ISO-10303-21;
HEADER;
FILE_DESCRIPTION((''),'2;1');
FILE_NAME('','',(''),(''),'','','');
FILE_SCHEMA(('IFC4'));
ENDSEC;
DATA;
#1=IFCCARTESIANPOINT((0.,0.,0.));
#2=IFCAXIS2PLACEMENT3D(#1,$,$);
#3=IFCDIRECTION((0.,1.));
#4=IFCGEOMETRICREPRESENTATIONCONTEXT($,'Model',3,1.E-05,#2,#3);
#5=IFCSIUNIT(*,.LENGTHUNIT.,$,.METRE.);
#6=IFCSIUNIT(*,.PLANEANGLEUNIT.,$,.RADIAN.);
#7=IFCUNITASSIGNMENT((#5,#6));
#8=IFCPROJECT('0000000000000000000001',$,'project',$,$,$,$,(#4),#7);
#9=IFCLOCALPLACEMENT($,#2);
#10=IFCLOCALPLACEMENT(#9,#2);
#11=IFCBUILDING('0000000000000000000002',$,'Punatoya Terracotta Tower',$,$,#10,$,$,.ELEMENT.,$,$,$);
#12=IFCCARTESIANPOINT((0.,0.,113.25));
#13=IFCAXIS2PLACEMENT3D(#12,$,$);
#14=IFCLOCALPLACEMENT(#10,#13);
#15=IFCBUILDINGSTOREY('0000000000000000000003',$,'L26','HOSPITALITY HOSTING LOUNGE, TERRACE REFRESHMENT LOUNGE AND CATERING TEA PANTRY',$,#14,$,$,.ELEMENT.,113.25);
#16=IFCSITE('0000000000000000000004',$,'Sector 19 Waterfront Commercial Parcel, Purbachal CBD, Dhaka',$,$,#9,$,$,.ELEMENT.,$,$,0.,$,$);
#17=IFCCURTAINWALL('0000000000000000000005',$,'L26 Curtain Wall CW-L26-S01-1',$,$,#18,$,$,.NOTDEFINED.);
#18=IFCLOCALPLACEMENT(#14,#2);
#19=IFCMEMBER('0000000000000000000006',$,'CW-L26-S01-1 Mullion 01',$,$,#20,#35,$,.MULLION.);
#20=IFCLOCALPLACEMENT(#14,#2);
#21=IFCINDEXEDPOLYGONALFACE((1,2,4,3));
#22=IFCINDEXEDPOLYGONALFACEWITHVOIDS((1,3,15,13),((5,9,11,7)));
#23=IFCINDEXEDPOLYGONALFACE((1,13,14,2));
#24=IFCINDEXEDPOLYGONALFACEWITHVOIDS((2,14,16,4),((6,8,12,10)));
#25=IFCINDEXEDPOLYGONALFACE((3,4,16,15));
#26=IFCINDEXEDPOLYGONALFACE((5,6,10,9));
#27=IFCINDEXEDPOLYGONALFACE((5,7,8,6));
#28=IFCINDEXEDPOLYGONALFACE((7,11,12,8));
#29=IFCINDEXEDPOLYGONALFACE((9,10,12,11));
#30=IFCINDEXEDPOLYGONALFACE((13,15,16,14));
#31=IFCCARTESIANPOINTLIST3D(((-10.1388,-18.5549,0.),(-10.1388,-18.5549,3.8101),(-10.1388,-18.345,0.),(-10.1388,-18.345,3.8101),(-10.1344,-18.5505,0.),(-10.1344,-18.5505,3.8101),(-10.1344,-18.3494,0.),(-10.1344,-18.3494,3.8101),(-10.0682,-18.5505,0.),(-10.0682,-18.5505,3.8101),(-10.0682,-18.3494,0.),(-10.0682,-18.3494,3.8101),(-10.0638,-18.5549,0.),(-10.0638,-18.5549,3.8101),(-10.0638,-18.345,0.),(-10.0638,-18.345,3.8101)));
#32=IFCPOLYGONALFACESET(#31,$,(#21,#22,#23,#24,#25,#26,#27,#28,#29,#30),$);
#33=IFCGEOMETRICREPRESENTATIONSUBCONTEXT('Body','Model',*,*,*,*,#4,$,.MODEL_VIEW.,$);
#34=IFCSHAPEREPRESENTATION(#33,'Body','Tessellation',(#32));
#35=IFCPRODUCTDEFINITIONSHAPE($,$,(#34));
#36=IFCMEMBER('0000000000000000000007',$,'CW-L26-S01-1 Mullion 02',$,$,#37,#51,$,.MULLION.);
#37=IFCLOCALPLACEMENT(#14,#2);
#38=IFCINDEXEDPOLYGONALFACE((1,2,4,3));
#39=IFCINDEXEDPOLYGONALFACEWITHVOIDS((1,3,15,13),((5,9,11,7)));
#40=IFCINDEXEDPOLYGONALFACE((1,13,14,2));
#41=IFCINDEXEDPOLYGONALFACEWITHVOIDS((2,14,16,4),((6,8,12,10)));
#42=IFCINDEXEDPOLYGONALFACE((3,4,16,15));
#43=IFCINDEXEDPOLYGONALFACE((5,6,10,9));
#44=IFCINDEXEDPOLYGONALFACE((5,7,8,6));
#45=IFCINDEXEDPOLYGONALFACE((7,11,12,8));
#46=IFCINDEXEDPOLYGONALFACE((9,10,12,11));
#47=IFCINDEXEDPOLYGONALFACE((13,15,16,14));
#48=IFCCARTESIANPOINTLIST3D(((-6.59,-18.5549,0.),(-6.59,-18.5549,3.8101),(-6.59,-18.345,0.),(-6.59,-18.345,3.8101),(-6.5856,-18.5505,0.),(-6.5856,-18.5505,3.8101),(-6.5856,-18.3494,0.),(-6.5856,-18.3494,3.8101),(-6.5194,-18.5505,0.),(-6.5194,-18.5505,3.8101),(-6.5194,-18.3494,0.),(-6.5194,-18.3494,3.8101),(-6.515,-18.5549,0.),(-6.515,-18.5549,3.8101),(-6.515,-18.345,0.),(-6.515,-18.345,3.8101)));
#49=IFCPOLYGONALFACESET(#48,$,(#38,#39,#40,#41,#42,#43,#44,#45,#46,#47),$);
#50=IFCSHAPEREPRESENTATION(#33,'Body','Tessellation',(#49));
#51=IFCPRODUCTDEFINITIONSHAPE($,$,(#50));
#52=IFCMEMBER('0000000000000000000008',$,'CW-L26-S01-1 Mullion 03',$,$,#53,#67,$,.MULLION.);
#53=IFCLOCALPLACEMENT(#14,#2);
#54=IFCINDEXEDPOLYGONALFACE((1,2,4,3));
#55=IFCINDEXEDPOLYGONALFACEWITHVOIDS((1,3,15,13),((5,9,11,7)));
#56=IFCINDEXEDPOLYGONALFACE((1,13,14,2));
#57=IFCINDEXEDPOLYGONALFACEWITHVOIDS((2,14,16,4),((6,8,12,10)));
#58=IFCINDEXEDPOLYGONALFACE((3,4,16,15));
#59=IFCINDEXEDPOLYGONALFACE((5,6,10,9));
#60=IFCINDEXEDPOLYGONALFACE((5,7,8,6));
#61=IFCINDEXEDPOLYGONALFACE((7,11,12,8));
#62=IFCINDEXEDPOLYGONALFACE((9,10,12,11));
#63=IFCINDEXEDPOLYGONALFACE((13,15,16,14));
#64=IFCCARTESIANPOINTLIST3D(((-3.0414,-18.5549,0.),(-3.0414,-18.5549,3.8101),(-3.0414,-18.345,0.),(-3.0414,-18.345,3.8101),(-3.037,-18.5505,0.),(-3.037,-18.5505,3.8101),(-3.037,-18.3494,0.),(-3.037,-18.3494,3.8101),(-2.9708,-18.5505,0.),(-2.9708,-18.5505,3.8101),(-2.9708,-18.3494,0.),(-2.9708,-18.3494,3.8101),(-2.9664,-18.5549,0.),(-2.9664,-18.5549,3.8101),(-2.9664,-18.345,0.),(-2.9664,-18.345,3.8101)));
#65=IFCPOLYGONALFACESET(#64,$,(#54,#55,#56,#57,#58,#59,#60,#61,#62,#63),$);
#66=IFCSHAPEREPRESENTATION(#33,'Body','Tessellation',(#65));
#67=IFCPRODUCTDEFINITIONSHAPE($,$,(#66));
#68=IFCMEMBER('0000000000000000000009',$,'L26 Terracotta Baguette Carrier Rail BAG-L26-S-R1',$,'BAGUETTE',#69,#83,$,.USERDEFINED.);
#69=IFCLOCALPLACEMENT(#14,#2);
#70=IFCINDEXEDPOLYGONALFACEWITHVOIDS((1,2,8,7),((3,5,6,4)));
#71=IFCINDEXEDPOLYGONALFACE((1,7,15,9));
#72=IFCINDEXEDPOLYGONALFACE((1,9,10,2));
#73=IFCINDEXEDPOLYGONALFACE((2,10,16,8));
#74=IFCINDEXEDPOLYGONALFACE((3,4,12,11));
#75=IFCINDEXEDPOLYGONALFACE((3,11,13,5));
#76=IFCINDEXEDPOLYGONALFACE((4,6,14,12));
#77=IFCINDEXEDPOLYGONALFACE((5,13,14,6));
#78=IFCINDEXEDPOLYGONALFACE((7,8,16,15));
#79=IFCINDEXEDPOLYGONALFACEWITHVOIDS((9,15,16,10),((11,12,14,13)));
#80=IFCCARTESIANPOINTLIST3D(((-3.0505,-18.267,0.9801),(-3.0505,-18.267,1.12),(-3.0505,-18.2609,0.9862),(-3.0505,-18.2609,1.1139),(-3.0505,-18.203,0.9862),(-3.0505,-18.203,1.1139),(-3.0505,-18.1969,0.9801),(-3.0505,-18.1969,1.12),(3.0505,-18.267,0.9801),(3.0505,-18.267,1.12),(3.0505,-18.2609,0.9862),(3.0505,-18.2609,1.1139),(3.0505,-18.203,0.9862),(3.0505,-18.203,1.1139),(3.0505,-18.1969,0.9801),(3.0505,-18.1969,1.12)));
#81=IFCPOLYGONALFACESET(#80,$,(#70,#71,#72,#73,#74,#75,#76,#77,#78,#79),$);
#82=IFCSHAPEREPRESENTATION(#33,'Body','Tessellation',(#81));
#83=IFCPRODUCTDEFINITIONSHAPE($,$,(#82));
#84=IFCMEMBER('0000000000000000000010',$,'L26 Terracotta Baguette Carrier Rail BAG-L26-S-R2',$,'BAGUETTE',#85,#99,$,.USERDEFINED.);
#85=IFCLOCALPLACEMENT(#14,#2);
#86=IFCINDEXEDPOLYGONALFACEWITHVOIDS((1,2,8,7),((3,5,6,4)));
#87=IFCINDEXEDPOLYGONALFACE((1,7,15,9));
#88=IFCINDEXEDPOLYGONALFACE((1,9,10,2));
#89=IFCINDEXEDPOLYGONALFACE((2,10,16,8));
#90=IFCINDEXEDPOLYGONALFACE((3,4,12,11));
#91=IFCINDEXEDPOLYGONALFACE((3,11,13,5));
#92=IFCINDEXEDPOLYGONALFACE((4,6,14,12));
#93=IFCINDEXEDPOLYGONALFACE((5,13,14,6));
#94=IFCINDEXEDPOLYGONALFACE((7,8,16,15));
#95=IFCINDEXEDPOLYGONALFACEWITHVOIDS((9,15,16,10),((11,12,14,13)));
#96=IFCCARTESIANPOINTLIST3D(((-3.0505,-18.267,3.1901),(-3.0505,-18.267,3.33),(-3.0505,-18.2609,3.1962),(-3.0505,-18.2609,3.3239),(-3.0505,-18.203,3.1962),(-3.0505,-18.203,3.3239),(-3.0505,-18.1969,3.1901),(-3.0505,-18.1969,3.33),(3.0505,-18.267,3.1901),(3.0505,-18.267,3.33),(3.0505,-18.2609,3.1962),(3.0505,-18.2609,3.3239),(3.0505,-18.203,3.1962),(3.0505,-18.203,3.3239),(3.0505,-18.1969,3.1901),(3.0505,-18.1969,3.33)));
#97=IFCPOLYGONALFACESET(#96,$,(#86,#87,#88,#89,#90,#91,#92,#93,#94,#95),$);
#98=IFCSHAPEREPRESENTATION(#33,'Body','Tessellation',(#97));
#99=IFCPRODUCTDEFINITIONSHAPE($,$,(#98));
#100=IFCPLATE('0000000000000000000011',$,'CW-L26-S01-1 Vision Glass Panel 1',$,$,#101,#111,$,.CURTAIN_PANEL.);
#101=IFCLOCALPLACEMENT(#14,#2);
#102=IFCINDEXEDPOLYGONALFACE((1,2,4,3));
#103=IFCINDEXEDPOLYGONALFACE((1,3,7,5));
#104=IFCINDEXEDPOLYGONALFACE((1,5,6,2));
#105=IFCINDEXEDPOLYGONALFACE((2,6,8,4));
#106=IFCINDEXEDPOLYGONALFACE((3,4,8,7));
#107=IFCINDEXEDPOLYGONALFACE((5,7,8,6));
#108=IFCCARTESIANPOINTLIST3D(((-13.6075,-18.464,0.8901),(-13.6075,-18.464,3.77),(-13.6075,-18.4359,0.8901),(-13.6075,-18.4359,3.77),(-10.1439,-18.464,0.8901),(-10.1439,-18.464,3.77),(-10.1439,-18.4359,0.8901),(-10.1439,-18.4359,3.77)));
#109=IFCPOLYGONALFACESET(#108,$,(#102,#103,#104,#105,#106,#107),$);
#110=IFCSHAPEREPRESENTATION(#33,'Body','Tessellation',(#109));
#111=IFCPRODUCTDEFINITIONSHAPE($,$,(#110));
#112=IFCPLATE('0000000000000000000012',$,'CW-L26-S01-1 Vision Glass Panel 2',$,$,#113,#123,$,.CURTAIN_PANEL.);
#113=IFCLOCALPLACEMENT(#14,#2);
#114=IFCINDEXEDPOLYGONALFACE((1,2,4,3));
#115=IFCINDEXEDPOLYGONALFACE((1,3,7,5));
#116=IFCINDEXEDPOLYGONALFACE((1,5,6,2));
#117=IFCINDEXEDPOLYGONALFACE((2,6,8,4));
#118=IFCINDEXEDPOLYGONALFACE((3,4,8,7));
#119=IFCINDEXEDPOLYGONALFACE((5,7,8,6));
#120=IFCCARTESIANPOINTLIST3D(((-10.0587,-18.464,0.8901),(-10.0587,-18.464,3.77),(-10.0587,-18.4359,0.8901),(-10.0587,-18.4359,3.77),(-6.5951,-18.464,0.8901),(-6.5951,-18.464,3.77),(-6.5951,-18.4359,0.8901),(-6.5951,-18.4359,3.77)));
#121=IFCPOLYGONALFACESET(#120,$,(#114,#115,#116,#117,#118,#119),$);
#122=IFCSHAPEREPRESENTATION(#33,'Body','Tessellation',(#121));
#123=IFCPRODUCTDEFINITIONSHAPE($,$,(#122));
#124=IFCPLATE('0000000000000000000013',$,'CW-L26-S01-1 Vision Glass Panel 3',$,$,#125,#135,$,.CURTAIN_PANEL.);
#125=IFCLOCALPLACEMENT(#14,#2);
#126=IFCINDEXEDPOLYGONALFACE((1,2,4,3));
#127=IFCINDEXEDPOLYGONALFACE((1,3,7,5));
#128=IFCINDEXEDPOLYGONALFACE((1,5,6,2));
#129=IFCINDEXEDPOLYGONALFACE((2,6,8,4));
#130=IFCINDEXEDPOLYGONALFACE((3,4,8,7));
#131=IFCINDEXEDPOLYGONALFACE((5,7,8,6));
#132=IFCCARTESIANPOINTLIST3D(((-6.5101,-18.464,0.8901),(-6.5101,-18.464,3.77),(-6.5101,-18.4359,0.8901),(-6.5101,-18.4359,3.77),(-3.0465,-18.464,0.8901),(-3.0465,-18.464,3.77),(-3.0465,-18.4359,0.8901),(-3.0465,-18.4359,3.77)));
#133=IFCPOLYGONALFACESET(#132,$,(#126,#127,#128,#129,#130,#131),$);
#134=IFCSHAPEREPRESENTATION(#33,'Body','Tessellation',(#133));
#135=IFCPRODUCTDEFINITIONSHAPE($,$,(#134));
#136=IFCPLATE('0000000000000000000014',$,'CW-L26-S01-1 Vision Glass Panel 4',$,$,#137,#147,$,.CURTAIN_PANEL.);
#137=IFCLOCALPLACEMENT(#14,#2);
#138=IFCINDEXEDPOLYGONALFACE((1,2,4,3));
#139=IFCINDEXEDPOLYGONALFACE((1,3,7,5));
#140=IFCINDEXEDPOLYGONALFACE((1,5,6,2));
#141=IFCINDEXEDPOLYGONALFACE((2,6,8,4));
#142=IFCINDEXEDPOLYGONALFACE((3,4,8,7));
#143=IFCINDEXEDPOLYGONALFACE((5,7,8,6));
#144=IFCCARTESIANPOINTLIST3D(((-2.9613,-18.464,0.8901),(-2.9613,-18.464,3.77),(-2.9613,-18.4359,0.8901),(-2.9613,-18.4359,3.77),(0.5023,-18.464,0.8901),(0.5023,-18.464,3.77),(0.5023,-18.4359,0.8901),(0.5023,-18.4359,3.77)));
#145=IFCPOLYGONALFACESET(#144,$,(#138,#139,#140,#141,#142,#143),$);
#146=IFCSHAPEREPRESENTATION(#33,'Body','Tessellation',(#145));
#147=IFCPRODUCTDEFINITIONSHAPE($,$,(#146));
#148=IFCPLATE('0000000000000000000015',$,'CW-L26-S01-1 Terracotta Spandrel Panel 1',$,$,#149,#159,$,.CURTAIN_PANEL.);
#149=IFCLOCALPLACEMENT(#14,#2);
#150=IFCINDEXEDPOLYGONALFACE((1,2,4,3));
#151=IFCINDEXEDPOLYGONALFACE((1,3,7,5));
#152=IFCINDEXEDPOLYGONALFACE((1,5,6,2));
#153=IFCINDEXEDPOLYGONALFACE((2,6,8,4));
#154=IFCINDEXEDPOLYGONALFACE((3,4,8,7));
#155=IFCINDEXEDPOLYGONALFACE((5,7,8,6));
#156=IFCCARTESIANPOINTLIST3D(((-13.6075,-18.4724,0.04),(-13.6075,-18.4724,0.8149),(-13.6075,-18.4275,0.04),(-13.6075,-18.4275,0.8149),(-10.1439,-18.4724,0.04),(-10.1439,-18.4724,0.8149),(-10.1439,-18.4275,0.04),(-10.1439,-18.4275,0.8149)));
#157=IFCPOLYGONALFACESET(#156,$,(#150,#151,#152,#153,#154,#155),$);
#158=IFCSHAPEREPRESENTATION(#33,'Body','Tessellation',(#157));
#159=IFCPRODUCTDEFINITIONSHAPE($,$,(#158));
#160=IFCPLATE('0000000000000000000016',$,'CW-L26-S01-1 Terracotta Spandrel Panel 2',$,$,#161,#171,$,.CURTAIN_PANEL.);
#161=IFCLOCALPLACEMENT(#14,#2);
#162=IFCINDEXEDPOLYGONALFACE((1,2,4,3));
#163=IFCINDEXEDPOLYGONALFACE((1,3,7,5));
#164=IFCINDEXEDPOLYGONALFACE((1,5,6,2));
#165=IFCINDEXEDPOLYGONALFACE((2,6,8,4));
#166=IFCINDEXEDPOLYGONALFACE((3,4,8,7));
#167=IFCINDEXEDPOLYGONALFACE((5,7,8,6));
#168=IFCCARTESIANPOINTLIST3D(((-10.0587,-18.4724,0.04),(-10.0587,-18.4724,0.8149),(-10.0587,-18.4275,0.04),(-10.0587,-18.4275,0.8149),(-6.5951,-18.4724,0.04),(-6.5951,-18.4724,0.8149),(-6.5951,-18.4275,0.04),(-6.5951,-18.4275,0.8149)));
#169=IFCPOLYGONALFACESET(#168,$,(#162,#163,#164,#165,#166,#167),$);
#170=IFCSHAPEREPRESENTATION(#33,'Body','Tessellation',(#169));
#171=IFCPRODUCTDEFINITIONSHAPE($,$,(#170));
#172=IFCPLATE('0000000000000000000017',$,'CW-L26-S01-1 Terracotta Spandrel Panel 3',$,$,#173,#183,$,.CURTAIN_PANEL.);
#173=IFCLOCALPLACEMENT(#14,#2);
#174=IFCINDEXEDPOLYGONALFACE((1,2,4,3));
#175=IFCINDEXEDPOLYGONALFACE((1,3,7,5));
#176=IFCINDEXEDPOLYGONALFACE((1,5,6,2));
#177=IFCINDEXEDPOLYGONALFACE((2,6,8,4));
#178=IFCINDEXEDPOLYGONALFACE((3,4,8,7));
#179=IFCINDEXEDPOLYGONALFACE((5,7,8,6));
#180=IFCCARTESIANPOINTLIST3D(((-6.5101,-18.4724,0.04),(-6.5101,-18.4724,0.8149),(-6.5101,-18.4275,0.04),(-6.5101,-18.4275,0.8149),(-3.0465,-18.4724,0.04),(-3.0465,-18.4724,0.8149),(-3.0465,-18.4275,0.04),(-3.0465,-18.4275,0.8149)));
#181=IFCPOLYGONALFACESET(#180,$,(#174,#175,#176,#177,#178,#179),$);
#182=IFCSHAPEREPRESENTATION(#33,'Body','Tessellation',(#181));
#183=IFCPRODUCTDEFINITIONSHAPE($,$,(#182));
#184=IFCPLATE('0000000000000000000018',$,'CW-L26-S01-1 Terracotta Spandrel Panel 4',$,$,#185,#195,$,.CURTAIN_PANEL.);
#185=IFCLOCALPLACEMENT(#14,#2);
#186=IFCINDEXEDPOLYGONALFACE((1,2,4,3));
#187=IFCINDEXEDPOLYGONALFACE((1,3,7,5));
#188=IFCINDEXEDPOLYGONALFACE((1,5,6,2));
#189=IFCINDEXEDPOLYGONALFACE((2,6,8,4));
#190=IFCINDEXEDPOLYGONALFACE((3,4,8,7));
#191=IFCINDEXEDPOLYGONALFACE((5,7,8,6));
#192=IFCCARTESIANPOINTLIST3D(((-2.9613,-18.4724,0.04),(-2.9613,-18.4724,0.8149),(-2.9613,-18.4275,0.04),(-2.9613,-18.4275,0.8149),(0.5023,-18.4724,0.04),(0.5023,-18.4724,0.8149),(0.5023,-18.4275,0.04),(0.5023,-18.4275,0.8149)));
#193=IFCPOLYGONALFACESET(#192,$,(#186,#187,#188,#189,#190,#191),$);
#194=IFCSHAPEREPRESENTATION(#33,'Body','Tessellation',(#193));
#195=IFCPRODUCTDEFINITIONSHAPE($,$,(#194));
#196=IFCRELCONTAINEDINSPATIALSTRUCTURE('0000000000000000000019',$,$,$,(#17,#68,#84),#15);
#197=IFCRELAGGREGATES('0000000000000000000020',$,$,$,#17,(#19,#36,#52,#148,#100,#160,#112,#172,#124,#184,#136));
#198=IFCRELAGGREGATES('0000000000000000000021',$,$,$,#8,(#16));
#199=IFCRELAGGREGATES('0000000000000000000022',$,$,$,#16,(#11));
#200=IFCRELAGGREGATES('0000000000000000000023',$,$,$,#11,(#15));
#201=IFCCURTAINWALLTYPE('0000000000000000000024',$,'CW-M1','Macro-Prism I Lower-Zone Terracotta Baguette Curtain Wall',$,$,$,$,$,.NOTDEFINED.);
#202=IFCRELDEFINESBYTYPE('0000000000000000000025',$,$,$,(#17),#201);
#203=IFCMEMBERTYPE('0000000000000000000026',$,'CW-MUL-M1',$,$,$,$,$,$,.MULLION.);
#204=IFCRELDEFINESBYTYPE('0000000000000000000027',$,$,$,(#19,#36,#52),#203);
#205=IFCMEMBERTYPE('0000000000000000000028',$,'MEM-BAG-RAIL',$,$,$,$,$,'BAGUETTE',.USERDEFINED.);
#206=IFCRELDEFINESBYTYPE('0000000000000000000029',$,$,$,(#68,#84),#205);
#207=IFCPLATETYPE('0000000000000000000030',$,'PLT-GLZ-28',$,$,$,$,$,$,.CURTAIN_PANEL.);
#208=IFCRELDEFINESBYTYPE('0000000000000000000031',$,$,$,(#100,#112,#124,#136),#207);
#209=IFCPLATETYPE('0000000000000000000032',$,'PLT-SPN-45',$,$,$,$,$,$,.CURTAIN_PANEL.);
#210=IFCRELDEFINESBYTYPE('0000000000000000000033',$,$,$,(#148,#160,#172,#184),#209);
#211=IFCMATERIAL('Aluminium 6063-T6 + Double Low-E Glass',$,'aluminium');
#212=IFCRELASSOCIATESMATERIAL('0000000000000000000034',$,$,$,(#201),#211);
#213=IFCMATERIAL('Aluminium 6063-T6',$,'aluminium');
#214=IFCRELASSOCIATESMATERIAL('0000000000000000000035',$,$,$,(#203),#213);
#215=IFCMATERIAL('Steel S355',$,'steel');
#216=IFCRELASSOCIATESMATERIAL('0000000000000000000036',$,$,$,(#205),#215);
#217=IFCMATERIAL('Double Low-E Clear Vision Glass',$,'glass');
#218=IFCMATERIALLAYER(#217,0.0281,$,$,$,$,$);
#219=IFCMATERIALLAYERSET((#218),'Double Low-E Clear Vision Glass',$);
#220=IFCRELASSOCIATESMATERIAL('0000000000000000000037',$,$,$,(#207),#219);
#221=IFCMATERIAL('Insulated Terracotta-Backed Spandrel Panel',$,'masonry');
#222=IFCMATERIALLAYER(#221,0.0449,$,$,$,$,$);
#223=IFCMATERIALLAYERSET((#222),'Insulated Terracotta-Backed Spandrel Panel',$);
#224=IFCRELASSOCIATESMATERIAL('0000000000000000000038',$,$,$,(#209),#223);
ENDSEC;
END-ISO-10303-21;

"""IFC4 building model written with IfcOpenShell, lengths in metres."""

from ifc_helpers import new_model, si_unit, direction, frame, origin, origin_2d, place, context, subcontext, project, spatial, rectangle, hollow_rectangle, extrude, material, layer, layer_set, material_profile, profile_set, type_object, element, aggregate, save


model = new_model("IFC4")

# Units and contexts
model_context = context("Model", 3, precision=1e-05, world=origin(), true_north=direction((0.0, 1.0)))
body_context = subcontext(model_context, "Body", "Model", "MODEL_VIEW")
ifc_project = project(units=[si_unit("LENGTHUNIT", "METRE"), si_unit("PLANEANGLEUNIT", "RADIAN")], contexts=[model_context])

# Site, building, storey
site_placement = place(None, origin())
site = spatial("IfcSite", under=ifc_project, at=site_placement, Name="Sector 19 Waterfront Commercial Parcel, Purbachal CBD, Dhaka", CompositionType="ELEMENT", RefElevation=0.0)
building_placement = place(site_placement, origin())
building = spatial("IfcBuilding", under=site, at=building_placement, Name="Punatoya Terracotta Tower", CompositionType="ELEMENT")
storey_placement = place(building_placement, frame((0.0, 0.0, 113.25)))
storey = spatial("IfcBuildingStorey", under=building, at=storey_placement, Name="L26", Description="HOSPITALITY HOSTING LOUNGE, TERRACE REFRESHMENT LOUNGE AND CATERING TEA PANTRY", CompositionType="ELEMENT", Elevation=113.25)

# Curtain wall, members
ifc_material_1 = material(Name="Aluminium 6063-T6 + Double Low-E Glass", Category="aluminium")
curtain_wall_type = type_object("IfcCurtainWallType", Name="CW-M1", Description="Macro-Prism I Lower-Zone Terracotta Baguette Curtain Wall", PredefinedType="NOTDEFINED", material=ifc_material_1)
curtain_wall_placement = place(storey_placement, origin())
curtain_wall = element("IfcCurtainWall", 1, at=curtain_wall_placement, inside=storey, type_object=curtain_wall_type, Name="L26 Curtain Wall CW-L26-S01-1", PredefinedType="NOTDEFINED")
ifc_material_2 = material(Name="Aluminium 6063-T6", Category="aluminium")
ifc_material_profile_1 = material_profile(ifc_material_2, hollow_rectangle(XDim=0.075, YDim=0.21, WallThickness=0.0044, at=origin_2d()))
ifc_profile_set_1 = profile_set([ifc_material_profile_1], Name="Aluminium 6063-T6")
member_type_1 = type_object("IfcMemberType", Name="CW-MUL-M1", PredefinedType="MULLION", material=ifc_profile_set_1)
member_1_placement = place(storey_placement, frame((-10.1013, -18.45, 0.0), z_axis=(0.0, 0.0, 1.0), x_axis=(1.0, 0.0, 0.0)))
member_1 = element("IfcMember", 2, at=member_1_placement, type_object=member_type_1, Name="CW-L26-S01-1 Mullion 01", PredefinedType="MULLION", context=body_context, shape_type="SweptSolid", body=[
    extrude(hollow_rectangle(XDim=0.075, YDim=0.21, WallThickness=0.0044, at=origin_2d()), origin(), (0.0, 0.0, 1.0), 3.8101),
])
member_2_placement = place(storey_placement, frame((-6.5525, -18.45, 0.0), z_axis=(0.0, 0.0, 1.0), x_axis=(1.0, 0.0, 0.0)))
member_2 = element("IfcMember", 3, at=member_2_placement, type_object=member_type_1, Name="CW-L26-S01-1 Mullion 02", PredefinedType="MULLION", context=body_context, shape_type="SweptSolid", body=[
    extrude(hollow_rectangle(XDim=0.075, YDim=0.21, WallThickness=0.0044, at=origin_2d()), origin(), (0.0, 0.0, 1.0), 3.8101),
])
member_3_placement = place(storey_placement, frame((-3.0039, -18.45, 0.0), z_axis=(0.0, 0.0, 1.0), x_axis=(1.0, 0.0, 0.0)))
member_3 = element("IfcMember", 4, at=member_3_placement, type_object=member_type_1, Name="CW-L26-S01-1 Mullion 03", PredefinedType="MULLION", context=body_context, shape_type="SweptSolid", body=[
    extrude(hollow_rectangle(XDim=0.075, YDim=0.21, WallThickness=0.0044, at=origin_2d()), origin(), (0.0, 0.0, 1.0), 3.8101),
])

# Members
ifc_material_3 = material(Name="Steel S355", Category="steel")
ifc_material_profile_2 = material_profile(ifc_material_3, hollow_rectangle(XDim=0.0701, YDim=0.1399, WallThickness=0.0061, at=origin_2d()))
ifc_profile_set_2 = profile_set([ifc_material_profile_2], Name="Steel S355")
member_type_2 = type_object("IfcMemberType", Name="MEM-BAG-RAIL", ElementType="BAGUETTE", PredefinedType="USERDEFINED", material=ifc_profile_set_2)
for number, where, z_axis, x_axis, name in (
    (5, (-3.0505, -18.2319, 1.05), (1.0, 0.0, 0.0), (0.0, 1.0, 0.0), "L26 Terracotta Baguette Carrier Rail BAG-L26-S-R1"),
    (6, (-3.0505, -18.2319, 3.26), (1.0, 0.0, 0.0), (0.0, 1.0, 0.0), "L26 Terracotta Baguette Carrier Rail BAG-L26-S-R2"),
):
    element("IfcMember", number, at=place(storey_placement, frame(where, z_axis=z_axis, x_axis=x_axis)), inside=storey, type_object=member_type_2, Name=name, ObjectType="BAGUETTE", PredefinedType="USERDEFINED", context=body_context, shape_type="SweptSolid", body=[
        extrude(hollow_rectangle(XDim=0.0701, YDim=0.1399, WallThickness=0.0061, at=origin_2d()), origin(), (0.0, 0.0, 1.0), 6.1011),
    ])

# Plates
ifc_material_4 = material(Name="Double Low-E Clear Vision Glass", Category="glass")
ifc_layer_1 = layer(ifc_material_4, 0.0281)
ifc_layer_set_1 = layer_set([ifc_layer_1], Name="Double Low-E Clear Vision Glass")
plate_type_1 = type_object("IfcPlateType", Name="PLT-GLZ-28", PredefinedType="CURTAIN_PANEL", material=ifc_layer_set_1)
plate_1_placement = place(storey_placement, frame((-11.8757, -18.45, 0.8901), z_axis=(0.0, 0.0, 1.0), x_axis=(1.0, 0.0, 0.0)))
plate_1 = element("IfcPlate", 7, at=plate_1_placement, type_object=plate_type_1, Name="CW-L26-S01-1 Vision Glass Panel 1", PredefinedType="CURTAIN_PANEL", context=body_context, shape_type="SweptSolid", body=[
    extrude(rectangle(XDim=3.4636, YDim=0.0281, at=origin_2d()), origin(), (0.0, 0.0, 1.0), 2.8799),
])
plate_2_placement = place(storey_placement, frame((-8.3269, -18.45, 0.8901), z_axis=(0.0, 0.0, 1.0), x_axis=(1.0, 0.0, 0.0)))
plate_2 = element("IfcPlate", 8, at=plate_2_placement, type_object=plate_type_1, Name="CW-L26-S01-1 Vision Glass Panel 2", PredefinedType="CURTAIN_PANEL", context=body_context, shape_type="SweptSolid", body=[
    extrude(rectangle(XDim=3.4636, YDim=0.0281, at=origin_2d()), origin(), (0.0, 0.0, 1.0), 2.8799),
])
plate_3_placement = place(storey_placement, frame((-4.7783, -18.45, 0.8901), z_axis=(0.0, 0.0, 1.0), x_axis=(1.0, 0.0, 0.0)))
plate_3 = element("IfcPlate", 9, at=plate_3_placement, type_object=plate_type_1, Name="CW-L26-S01-1 Vision Glass Panel 3", PredefinedType="CURTAIN_PANEL", context=body_context, shape_type="SweptSolid", body=[
    extrude(rectangle(XDim=3.4636, YDim=0.0281, at=origin_2d()), origin(), (0.0, 0.0, 1.0), 2.8799),
])
plate_4_placement = place(storey_placement, frame((-1.2295, -18.45, 0.8901), z_axis=(0.0, 0.0, 1.0), x_axis=(1.0, 0.0, 0.0)))
plate_4 = element("IfcPlate", 10, at=plate_4_placement, type_object=plate_type_1, Name="CW-L26-S01-1 Vision Glass Panel 4", PredefinedType="CURTAIN_PANEL", context=body_context, shape_type="SweptSolid", body=[
    extrude(rectangle(XDim=3.4636, YDim=0.0281, at=origin_2d()), origin(), (0.0, 0.0, 1.0), 2.8799),
])
ifc_material_5 = material(Name="Insulated Terracotta-Backed Spandrel Panel", Category="masonry")
ifc_layer_2 = layer(ifc_material_5, 0.0449)
ifc_layer_set_2 = layer_set([ifc_layer_2], Name="Insulated Terracotta-Backed Spandrel Panel")
plate_type_2 = type_object("IfcPlateType", Name="PLT-SPN-45", PredefinedType="CURTAIN_PANEL", material=ifc_layer_set_2)
plate_5_placement = place(storey_placement, frame((-11.8757, -18.45, 0.04), z_axis=(0.0, 0.0, 1.0), x_axis=(1.0, 0.0, 0.0)))
plate_5 = element("IfcPlate", 11, at=plate_5_placement, type_object=plate_type_2, Name="CW-L26-S01-1 Terracotta Spandrel Panel 1", PredefinedType="CURTAIN_PANEL", context=body_context, shape_type="SweptSolid", body=[
    extrude(rectangle(XDim=3.4636, YDim=0.0449, at=origin_2d()), origin(), (0.0, 0.0, 1.0), 0.7749),
])
plate_6_placement = place(storey_placement, frame((-8.3269, -18.45, 0.04), z_axis=(0.0, 0.0, 1.0), x_axis=(1.0, 0.0, 0.0)))
plate_6 = element("IfcPlate", 12, at=plate_6_placement, type_object=plate_type_2, Name="CW-L26-S01-1 Terracotta Spandrel Panel 2", PredefinedType="CURTAIN_PANEL", context=body_context, shape_type="SweptSolid", body=[
    extrude(rectangle(XDim=3.4636, YDim=0.0449, at=origin_2d()), origin(), (0.0, 0.0, 1.0), 0.7749),
])
plate_7_placement = place(storey_placement, frame((-4.7783, -18.45, 0.04), z_axis=(0.0, 0.0, 1.0), x_axis=(1.0, 0.0, 0.0)))
plate_7 = element("IfcPlate", 13, at=plate_7_placement, type_object=plate_type_2, Name="CW-L26-S01-1 Terracotta Spandrel Panel 3", PredefinedType="CURTAIN_PANEL", context=body_context, shape_type="SweptSolid", body=[
    extrude(rectangle(XDim=3.4636, YDim=0.0449, at=origin_2d()), origin(), (0.0, 0.0, 1.0), 0.7749),
])
plate_8_placement = place(storey_placement, frame((-1.2295, -18.45, 0.04), z_axis=(0.0, 0.0, 1.0), x_axis=(1.0, 0.0, 0.0)))
plate_8 = element("IfcPlate", 14, at=plate_8_placement, type_object=plate_type_2, Name="CW-L26-S01-1 Terracotta Spandrel Panel 4", PredefinedType="CURTAIN_PANEL", context=body_context, shape_type="SweptSolid", body=[
    extrude(rectangle(XDim=3.4636, YDim=0.0449, at=origin_2d()), origin(), (0.0, 0.0, 1.0), 0.7749),
])
aggregate(curtain_wall, [member_1, member_2, member_3, plate_5, plate_1, plate_6, plate_2, plate_7, plate_3, plate_8, plate_4])

save(model, "model.ifc")
